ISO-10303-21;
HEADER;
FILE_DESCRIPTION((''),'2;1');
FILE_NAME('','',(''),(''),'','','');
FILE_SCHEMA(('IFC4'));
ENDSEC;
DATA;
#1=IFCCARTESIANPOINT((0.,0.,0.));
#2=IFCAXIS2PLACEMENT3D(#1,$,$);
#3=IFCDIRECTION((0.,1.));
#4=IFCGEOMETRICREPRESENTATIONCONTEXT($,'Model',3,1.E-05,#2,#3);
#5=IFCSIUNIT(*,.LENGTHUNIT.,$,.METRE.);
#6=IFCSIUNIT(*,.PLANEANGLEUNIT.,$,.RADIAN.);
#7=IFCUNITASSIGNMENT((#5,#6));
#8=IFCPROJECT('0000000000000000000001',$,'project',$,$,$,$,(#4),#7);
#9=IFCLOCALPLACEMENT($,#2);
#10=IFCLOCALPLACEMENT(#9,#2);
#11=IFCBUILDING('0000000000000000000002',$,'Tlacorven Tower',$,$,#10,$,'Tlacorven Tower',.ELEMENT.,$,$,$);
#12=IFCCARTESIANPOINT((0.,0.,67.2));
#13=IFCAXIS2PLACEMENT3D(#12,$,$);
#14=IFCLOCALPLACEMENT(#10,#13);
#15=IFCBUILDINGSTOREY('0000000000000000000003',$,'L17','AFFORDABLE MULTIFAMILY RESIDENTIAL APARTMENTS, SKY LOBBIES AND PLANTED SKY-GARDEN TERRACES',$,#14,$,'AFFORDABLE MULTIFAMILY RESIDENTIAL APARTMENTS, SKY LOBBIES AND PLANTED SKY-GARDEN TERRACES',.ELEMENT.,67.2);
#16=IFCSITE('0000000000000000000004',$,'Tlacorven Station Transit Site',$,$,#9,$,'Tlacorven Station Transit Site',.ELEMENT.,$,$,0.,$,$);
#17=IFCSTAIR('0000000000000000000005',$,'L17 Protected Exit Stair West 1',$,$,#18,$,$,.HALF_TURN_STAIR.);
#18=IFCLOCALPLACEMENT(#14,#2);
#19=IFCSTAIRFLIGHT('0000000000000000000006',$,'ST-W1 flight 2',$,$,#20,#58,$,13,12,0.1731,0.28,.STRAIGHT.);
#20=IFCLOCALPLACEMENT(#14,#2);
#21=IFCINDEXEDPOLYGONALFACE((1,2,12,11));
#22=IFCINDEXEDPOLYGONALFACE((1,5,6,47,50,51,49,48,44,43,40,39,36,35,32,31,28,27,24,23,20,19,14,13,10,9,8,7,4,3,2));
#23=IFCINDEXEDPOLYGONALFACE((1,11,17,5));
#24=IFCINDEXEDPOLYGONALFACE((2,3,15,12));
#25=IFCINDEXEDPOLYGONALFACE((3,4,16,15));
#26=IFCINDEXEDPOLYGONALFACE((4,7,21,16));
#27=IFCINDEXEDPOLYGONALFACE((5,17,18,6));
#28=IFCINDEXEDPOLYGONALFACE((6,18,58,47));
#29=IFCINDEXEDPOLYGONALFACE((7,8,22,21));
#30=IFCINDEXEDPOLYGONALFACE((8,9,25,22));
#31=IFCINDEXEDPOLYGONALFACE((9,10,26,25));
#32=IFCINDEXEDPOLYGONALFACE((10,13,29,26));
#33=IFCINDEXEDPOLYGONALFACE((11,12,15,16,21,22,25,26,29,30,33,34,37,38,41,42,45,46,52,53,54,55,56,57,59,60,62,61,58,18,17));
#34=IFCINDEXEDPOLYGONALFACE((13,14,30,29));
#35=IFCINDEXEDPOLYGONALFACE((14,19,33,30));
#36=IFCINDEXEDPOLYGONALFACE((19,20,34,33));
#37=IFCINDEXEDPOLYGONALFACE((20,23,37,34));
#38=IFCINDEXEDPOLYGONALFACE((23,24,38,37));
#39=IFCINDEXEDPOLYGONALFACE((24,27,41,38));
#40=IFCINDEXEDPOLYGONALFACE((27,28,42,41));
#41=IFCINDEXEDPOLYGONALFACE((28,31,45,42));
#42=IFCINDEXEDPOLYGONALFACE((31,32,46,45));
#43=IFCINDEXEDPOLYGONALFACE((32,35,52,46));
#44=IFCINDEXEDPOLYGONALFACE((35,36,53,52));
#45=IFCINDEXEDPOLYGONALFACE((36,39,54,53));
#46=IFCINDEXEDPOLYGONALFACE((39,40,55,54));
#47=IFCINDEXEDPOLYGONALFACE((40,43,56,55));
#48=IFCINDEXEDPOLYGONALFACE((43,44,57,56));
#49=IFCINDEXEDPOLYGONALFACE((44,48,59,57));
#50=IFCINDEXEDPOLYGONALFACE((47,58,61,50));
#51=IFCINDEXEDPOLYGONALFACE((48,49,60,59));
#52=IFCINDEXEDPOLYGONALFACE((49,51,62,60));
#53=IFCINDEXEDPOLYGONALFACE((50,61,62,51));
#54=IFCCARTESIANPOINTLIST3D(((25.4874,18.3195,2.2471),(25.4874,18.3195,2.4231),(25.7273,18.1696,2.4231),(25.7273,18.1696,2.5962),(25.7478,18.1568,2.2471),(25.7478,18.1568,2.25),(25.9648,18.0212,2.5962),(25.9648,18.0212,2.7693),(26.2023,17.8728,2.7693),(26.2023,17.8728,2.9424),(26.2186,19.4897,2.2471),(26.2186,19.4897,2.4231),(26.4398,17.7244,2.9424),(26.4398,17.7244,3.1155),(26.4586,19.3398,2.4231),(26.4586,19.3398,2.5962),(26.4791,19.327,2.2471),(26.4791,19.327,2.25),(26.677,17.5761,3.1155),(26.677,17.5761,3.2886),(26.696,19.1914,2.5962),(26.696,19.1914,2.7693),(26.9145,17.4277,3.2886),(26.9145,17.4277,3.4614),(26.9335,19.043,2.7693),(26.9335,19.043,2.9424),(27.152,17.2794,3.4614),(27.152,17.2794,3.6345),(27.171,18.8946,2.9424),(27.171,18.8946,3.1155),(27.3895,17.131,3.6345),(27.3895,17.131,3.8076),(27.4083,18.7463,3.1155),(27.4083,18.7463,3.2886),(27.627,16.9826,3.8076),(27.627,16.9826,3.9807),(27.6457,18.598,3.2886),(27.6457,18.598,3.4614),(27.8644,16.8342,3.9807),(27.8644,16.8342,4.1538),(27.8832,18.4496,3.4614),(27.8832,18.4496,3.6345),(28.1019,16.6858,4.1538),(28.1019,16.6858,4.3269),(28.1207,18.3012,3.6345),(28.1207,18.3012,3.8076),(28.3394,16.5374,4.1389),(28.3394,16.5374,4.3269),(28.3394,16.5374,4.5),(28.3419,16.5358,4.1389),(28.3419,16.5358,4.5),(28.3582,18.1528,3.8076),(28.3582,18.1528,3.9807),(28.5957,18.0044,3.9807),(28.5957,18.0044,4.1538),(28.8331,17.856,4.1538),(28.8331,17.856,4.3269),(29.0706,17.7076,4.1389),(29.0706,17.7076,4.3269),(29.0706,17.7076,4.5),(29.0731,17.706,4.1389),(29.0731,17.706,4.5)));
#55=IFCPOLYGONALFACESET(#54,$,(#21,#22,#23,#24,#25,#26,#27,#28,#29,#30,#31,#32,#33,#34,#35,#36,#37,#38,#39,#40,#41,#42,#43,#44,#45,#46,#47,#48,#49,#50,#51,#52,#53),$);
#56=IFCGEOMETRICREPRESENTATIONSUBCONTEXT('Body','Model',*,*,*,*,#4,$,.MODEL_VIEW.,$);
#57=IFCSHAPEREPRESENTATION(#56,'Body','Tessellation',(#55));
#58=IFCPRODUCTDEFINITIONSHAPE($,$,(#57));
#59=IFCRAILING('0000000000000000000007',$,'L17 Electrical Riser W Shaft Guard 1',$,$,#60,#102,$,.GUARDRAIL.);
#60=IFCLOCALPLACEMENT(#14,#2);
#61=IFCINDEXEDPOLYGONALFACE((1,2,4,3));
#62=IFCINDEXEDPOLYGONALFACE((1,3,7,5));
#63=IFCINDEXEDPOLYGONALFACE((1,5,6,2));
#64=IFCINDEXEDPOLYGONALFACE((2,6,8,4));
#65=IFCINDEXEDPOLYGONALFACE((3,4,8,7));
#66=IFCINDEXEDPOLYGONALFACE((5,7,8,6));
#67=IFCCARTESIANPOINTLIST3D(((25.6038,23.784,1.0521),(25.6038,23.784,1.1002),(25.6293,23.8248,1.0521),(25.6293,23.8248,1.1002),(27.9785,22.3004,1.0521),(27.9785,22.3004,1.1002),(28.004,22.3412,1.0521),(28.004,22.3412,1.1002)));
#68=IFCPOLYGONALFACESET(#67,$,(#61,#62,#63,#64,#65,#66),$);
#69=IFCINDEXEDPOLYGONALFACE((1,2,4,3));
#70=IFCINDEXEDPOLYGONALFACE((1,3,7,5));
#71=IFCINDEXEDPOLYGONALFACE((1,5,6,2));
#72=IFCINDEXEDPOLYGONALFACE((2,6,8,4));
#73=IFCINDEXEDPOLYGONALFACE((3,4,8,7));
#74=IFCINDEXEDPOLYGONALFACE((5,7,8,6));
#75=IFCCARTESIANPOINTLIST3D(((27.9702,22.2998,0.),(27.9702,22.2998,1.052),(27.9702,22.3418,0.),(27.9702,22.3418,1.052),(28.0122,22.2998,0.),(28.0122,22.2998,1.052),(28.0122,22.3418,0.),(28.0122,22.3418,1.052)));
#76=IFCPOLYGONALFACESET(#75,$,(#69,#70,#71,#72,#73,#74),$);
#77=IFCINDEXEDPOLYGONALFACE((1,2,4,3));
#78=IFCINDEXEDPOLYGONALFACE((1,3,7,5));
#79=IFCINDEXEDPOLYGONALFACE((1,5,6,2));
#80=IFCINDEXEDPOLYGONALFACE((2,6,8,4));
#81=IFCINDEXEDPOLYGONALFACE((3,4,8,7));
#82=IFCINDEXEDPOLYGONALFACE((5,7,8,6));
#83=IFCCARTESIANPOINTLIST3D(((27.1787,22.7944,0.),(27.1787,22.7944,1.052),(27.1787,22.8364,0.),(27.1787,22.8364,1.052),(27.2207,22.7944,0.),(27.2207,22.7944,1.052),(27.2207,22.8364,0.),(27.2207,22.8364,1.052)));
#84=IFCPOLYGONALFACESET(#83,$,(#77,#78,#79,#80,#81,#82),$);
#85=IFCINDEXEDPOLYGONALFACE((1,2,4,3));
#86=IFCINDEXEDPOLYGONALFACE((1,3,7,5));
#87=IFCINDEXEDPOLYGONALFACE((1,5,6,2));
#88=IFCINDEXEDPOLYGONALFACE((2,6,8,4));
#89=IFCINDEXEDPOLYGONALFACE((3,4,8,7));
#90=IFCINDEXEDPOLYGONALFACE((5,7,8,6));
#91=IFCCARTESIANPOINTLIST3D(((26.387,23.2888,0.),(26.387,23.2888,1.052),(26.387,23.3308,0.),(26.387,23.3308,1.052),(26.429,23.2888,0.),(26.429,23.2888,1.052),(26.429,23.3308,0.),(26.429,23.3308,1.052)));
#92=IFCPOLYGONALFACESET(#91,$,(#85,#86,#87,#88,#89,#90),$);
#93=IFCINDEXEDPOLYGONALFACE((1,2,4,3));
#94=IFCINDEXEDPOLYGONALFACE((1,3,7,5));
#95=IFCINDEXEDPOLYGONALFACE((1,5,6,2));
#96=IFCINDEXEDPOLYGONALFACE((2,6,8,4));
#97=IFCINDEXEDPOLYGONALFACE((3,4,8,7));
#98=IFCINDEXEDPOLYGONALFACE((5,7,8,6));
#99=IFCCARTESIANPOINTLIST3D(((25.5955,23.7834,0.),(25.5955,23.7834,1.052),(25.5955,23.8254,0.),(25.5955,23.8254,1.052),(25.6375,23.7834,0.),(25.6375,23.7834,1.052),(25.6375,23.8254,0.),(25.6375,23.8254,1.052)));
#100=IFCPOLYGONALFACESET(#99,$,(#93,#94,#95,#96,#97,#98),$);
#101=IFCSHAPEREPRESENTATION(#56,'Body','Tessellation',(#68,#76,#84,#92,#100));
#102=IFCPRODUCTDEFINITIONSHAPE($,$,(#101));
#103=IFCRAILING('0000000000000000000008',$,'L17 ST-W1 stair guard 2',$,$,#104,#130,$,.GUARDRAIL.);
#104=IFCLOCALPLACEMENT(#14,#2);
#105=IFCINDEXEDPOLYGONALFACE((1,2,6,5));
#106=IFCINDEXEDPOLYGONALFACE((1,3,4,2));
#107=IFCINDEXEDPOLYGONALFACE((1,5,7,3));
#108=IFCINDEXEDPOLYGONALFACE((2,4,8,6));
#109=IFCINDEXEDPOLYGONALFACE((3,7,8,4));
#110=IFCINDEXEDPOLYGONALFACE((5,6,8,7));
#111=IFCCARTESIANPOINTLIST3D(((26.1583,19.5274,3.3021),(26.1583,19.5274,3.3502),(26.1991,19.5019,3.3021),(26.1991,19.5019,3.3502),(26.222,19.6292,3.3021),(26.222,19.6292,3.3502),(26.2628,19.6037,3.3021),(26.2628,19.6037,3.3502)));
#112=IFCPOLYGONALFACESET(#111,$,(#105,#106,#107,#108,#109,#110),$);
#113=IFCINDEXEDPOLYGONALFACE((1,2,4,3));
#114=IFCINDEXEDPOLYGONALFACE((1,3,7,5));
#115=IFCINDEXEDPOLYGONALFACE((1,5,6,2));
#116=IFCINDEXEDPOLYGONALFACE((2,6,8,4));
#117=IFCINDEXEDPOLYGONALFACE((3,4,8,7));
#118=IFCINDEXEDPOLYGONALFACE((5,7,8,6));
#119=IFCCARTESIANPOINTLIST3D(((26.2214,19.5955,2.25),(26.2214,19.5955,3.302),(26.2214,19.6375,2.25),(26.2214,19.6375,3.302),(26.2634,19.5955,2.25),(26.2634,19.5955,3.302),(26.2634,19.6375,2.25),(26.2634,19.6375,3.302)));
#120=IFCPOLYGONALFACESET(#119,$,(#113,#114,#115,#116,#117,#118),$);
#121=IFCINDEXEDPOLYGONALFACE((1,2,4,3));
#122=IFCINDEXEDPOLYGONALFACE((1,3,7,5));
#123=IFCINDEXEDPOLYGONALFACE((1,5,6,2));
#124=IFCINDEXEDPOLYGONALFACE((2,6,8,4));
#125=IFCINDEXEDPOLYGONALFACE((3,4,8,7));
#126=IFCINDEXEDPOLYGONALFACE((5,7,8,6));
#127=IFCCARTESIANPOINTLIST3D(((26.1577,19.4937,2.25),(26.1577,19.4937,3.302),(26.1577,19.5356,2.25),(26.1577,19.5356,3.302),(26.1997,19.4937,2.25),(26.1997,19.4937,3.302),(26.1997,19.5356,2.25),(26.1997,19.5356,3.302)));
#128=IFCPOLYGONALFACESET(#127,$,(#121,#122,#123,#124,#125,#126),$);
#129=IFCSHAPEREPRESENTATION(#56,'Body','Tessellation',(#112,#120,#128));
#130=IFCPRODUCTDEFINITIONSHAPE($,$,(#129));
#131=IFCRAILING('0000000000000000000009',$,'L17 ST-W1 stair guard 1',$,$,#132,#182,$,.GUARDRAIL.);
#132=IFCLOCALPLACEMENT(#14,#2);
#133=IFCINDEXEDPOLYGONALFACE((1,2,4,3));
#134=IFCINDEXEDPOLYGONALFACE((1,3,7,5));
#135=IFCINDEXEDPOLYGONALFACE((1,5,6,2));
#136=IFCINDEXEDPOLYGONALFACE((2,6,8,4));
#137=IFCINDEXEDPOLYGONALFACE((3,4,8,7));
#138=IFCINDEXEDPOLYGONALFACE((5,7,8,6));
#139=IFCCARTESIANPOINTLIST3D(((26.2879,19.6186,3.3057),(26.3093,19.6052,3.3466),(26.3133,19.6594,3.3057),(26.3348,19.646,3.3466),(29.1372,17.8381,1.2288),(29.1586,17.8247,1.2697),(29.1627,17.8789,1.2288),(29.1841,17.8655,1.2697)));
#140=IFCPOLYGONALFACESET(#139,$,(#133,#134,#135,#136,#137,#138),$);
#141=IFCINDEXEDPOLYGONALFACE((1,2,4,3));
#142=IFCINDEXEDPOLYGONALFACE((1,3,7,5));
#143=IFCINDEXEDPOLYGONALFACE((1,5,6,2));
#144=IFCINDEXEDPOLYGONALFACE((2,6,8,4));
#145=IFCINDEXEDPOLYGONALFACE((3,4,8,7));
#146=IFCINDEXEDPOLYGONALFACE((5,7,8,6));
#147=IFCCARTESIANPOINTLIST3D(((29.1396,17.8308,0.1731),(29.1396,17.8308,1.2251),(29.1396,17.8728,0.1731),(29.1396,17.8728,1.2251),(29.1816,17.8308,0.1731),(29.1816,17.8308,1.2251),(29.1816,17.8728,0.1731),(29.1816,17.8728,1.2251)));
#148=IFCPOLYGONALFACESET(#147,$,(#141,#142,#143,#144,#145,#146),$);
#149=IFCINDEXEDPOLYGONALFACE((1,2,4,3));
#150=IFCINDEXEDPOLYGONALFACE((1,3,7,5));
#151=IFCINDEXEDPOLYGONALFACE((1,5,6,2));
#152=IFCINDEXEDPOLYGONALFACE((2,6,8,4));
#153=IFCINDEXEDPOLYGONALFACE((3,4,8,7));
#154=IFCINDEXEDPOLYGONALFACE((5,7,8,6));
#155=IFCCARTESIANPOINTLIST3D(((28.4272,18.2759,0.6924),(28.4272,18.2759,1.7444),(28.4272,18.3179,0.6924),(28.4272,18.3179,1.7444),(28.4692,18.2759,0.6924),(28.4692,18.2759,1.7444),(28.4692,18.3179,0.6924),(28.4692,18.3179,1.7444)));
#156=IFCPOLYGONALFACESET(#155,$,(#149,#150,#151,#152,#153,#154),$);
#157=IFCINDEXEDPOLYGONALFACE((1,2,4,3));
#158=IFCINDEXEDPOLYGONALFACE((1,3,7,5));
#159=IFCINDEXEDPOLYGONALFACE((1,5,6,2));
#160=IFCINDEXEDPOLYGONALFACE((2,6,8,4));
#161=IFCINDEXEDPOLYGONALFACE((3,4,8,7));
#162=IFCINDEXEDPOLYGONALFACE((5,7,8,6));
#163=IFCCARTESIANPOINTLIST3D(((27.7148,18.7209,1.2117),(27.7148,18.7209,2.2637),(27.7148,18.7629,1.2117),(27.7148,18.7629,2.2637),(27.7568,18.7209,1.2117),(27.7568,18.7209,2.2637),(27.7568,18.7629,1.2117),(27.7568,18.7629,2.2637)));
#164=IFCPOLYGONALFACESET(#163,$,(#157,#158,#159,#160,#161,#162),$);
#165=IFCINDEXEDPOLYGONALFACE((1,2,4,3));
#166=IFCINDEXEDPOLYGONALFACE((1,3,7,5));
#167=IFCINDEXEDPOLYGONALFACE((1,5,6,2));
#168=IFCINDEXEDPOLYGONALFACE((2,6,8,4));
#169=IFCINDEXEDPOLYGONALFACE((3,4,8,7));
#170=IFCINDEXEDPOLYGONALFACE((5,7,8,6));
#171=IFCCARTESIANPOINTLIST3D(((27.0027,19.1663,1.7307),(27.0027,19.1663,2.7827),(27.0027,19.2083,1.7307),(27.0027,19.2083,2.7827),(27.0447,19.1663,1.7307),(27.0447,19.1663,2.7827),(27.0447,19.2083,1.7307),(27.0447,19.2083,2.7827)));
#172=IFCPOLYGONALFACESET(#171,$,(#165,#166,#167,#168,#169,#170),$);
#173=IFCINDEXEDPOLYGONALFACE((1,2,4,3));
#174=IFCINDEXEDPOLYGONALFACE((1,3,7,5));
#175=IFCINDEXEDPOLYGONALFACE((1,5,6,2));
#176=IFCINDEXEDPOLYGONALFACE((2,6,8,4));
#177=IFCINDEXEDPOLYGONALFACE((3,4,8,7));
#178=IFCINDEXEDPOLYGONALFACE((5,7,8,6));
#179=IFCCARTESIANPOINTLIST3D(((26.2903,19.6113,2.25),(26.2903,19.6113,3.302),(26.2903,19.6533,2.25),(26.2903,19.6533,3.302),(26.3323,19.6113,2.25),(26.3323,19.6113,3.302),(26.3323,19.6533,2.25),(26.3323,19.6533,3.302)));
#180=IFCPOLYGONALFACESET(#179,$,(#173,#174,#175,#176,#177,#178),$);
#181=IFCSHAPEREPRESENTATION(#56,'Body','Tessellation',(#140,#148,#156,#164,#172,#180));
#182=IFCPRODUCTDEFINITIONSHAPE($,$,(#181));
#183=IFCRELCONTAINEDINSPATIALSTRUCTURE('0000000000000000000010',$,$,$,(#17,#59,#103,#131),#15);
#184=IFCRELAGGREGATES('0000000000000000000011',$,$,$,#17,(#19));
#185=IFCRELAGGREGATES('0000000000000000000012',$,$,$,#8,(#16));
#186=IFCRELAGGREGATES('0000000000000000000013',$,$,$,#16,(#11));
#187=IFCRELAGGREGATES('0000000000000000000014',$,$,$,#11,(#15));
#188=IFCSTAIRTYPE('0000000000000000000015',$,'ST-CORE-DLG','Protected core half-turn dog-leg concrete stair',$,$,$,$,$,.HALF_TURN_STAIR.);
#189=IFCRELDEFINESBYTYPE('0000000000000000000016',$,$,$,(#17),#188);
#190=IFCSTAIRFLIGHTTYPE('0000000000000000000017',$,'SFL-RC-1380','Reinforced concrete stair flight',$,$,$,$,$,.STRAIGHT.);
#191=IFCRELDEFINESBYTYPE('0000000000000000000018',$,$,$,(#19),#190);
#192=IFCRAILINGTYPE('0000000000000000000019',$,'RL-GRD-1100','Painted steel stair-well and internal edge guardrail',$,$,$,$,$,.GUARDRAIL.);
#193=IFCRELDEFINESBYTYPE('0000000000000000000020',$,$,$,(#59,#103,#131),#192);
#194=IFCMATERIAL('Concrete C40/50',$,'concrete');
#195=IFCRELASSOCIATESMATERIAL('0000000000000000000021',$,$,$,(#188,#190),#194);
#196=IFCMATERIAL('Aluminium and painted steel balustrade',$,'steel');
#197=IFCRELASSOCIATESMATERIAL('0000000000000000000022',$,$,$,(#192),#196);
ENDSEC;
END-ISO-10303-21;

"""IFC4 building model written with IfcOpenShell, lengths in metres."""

from ifc_helpers import new_model, si_unit, direction, frame, origin, origin_2d, place, context, subcontext, project, spatial, polyline, rectangle, outline, extrude, source, transform, mapped, material, type_object, element, aggregate, save


model = new_model("IFC4")

# Units and contexts
model_context = context("Model", 3, precision=1e-05, world=origin(), true_north=direction((0.0, 1.0)))
body_context = subcontext(model_context, "Body", "Model", "MODEL_VIEW")
ifc_project = project(units=[si_unit("LENGTHUNIT", "METRE"), si_unit("PLANEANGLEUNIT", "RADIAN")], contexts=[model_context])

# Site, building, storey
site_placement = place(None, origin())
site = spatial("IfcSite", under=ifc_project, at=site_placement, Name="Tlacorven Station Transit Site", LongName="Tlacorven Station Transit Site", CompositionType="ELEMENT", RefElevation=0.0)
building_placement = place(site_placement, origin())
building = spatial("IfcBuilding", under=site, at=building_placement, Name="Tlacorven Tower", LongName="Tlacorven Tower", CompositionType="ELEMENT")
storey_placement = place(building_placement, frame((0.0, 0.0, 67.2)))
storey = spatial("IfcBuildingStorey", under=building, at=storey_placement, Name="L17", Description="AFFORDABLE MULTIFAMILY RESIDENTIAL APARTMENTS, SKY LOBBIES AND PLANTED SKY-GARDEN TERRACES", LongName="AFFORDABLE MULTIFAMILY RESIDENTIAL APARTMENTS, SKY LOBBIES AND PLANTED SKY-GARDEN TERRACES", CompositionType="ELEMENT", Elevation=67.2)

# Shared definitions
ifc_material_1 = material(Name="Concrete C40/50", Category="concrete")

# Stair, stair flight
stair_type = type_object("IfcStairType", Name="ST-CORE-DLG", Description="Protected core half-turn dog-leg concrete stair", PredefinedType="HALF_TURN_STAIR", material=ifc_material_1)
stair_placement = place(storey_placement, origin())
stair = element("IfcStair", 1, at=stair_placement, inside=storey, type_object=stair_type, Name="L17 Protected Exit Stair West 1", PredefinedType="HALF_TURN_STAIR")
stair_flight_type = type_object("IfcStairFlightType", Name="SFL-RC-1380", Description="Reinforced concrete stair flight", PredefinedType="STRAIGHT", material=ifc_material_1)
shared_shape_1 = source(origin(), body_context, "Body", "SweptSolid", [
    extrude(outline(polyline([(-0.0029, -0.0029), (-0.0029, 0.1731), (0.28, 0.1731), (0.28, 0.3462), (0.5601, 0.3462), (0.5601, 0.5193), (0.8401, 0.5193), (0.8401, 0.6924), (1.1201, 0.6924), (1.1201, 0.8655), (1.3999, 0.8655), (1.3999, 1.0386), (1.6799, 1.0386), (1.6799, 1.2114), (1.96, 1.2114), (1.96, 1.3845), (2.24, 1.3845), (2.24, 1.5576), (2.52, 1.5576), (2.52, 1.7307), (2.8, 1.7307), (2.8, 1.9038), (3.0801, 1.9038), (3.0801, 2.0769), (3.3601, 2.0769), (3.3601, 2.25), (3.363, 2.25), (3.363, 1.8889), (3.3601, 1.8889), (0.3042, 0.0), (0.3042, -0.0029), (-0.0029, -0.0029)])), frame((0.0, 0.6899, 0.0), z_axis=(0.0, -1.0, 0.0), x_axis=(1.0, 0.0, 0.0)), (0.0, 0.0, 1.0), 1.3799),
])
stair_flight_1_placement = place(storey_placement, frame((25.8555, 18.9031, 2.25), z_axis=(0.0, 0.0, 1.0), x_axis=(0.848048, -0.529919, 0.0)))
stair_flight_1 = element("IfcStairFlight", 2, at=stair_flight_1_placement, type_object=stair_flight_type, Name="ST-W1 flight 2", NumberOfRisers=13, NumberOfTreads=12, PredefinedType="STRAIGHT", RiserHeight=0.1731, TreadLength=0.28, context=body_context, shape_type="MappedRepresentation", body=[
    mapped(shared_shape_1, transform((0.0, 0.0, 0.0), scale=1.0)),
])
aggregate(stair, [stair_flight_1])

# Railings
ifc_material_2 = material(Name="Aluminium and painted steel balustrade", Category="steel")
railing_type_1 = type_object("IfcRailingType", Name="RL-GRD-1100", Description="Painted steel stair-well and internal edge guardrail", PredefinedType="GUARDRAIL", material=ifc_material_2)
shared_shape_2 = source(origin(), body_context, "Body", "SweptSolid", [
    extrude(rectangle(XDim=0.0481, YDim=0.0481, at=origin_2d()), frame((0.0, 0.0, 1.0762), z_axis=(-0.848091, 0.52985, 0.0), x_axis=(-0.52985, -0.848091, 0.0)), (0.0, 0.0, 1.0), 2.8),
    extrude(rectangle(XDim=0.042, YDim=0.042, at=origin_2d()), origin(), (0.0, 0.0, 1.0), 1.052),
    extrude(rectangle(XDim=0.042, YDim=0.042, at=origin_2d()), frame((-0.7915, 0.4946, 0.0)), (0.0, 0.0, 1.0), 1.052),
    extrude(rectangle(XDim=0.042, YDim=0.042, at=origin_2d()), frame((-1.5833, 0.989, 0.0)), (0.0, 0.0, 1.0), 1.052),
    extrude(rectangle(XDim=0.042, YDim=0.042, at=origin_2d()), frame((-2.3748, 1.4836, 0.0)), (0.0, 0.0, 1.0), 1.052),
])
railing_1_placement = place(storey_placement, frame((27.9912, 22.3208, 0.0)))
element("IfcRailing", 3, at=railing_1_placement, inside=storey, type_object=railing_type_1, Name="L17 Electrical Riser W Shaft Guard 1", PredefinedType="GUARDRAIL", context=body_context, shape_type="MappedRepresentation", body=[
    mapped(shared_shape_2, transform((0.0, 0.0, 0.0), scale=1.0)),
])
shared_shape_3 = source(origin(), body_context, "Body", "SweptSolid", [
    extrude(rectangle(XDim=0.0481, YDim=0.0481, at=origin_2d()), frame((0.0, 0.0, 1.0762), z_axis=(-0.530547, -0.847656, 0.0), x_axis=(0.847656, -0.530547, 0.0)), (0.0, 0.0, 1.0), 0.1201),
    extrude(rectangle(XDim=0.042, YDim=0.042, at=origin_2d()), origin(), (0.0, 0.0, 1.0), 1.052),
    extrude(rectangle(XDim=0.042, YDim=0.042, at=origin_2d()), frame((-0.0637, -0.1018, 0.0)), (0.0, 0.0, 1.0), 1.052),
])
railing_2_placement = place(storey_placement, frame((26.2424, 19.6165, 2.25)))
element("IfcRailing", 4, at=railing_2_placement, inside=storey, type_object=railing_type_1, Name="L17 ST-W1 stair guard 2", PredefinedType="GUARDRAIL", context=body_context, shape_type="MappedRepresentation", body=[
    mapped(shared_shape_3, transform((0.0, 0.0, 0.0), scale=1.0)),
])
shared_shape_4 = source(origin(), body_context, "Body", "SweptSolid", [
    extrude(rectangle(XDim=0.0481, YDim=0.0481, at=origin_2d()), frame((0.0, 0.0, 1.0762), z_axis=(-0.721355, 0.450762, 0.525796), x_axis=(-0.529927, -0.848043, 0.0)), (0.0, 0.0, 1.0), 3.95),
    extrude(rectangle(XDim=0.042, YDim=0.042, at=origin_2d()), origin(), (0.0, 0.0, 1.0), 1.052),
    extrude(rectangle(XDim=0.042, YDim=0.042, at=origin_2d()), frame((-0.7124, 0.4451, 0.5193)), (0.0, 0.0, 1.0), 1.052),
    extrude(rectangle(XDim=0.042, YDim=0.042, at=origin_2d()), frame((-1.4248, 0.8901, 1.0386)), (0.0, 0.0, 1.0), 1.052),
    extrude(rectangle(XDim=0.042, YDim=0.042, at=origin_2d()), frame((-2.137, 1.3354, 1.5576)), (0.0, 0.0, 1.0), 1.052),
    extrude(rectangle(XDim=0.042, YDim=0.042, at=origin_2d()), frame((-2.8494, 1.7805, 2.0769)), (0.0, 0.0, 1.0), 1.052),
])
railing_3_placement = place(storey_placement, frame((29.1606, 17.8518, 0.1731)))
element("IfcRailing", 5, at=railing_3_placement, inside=storey, type_object=railing_type_1, Name="L17 ST-W1 stair guard 1", PredefinedType="GUARDRAIL", context=body_context, shape_type="MappedRepresentation", body=[
    mapped(shared_shape_4, transform((0.0, 0.0, 0.0), scale=1.0)),
])

save(model, "model.ifc")
